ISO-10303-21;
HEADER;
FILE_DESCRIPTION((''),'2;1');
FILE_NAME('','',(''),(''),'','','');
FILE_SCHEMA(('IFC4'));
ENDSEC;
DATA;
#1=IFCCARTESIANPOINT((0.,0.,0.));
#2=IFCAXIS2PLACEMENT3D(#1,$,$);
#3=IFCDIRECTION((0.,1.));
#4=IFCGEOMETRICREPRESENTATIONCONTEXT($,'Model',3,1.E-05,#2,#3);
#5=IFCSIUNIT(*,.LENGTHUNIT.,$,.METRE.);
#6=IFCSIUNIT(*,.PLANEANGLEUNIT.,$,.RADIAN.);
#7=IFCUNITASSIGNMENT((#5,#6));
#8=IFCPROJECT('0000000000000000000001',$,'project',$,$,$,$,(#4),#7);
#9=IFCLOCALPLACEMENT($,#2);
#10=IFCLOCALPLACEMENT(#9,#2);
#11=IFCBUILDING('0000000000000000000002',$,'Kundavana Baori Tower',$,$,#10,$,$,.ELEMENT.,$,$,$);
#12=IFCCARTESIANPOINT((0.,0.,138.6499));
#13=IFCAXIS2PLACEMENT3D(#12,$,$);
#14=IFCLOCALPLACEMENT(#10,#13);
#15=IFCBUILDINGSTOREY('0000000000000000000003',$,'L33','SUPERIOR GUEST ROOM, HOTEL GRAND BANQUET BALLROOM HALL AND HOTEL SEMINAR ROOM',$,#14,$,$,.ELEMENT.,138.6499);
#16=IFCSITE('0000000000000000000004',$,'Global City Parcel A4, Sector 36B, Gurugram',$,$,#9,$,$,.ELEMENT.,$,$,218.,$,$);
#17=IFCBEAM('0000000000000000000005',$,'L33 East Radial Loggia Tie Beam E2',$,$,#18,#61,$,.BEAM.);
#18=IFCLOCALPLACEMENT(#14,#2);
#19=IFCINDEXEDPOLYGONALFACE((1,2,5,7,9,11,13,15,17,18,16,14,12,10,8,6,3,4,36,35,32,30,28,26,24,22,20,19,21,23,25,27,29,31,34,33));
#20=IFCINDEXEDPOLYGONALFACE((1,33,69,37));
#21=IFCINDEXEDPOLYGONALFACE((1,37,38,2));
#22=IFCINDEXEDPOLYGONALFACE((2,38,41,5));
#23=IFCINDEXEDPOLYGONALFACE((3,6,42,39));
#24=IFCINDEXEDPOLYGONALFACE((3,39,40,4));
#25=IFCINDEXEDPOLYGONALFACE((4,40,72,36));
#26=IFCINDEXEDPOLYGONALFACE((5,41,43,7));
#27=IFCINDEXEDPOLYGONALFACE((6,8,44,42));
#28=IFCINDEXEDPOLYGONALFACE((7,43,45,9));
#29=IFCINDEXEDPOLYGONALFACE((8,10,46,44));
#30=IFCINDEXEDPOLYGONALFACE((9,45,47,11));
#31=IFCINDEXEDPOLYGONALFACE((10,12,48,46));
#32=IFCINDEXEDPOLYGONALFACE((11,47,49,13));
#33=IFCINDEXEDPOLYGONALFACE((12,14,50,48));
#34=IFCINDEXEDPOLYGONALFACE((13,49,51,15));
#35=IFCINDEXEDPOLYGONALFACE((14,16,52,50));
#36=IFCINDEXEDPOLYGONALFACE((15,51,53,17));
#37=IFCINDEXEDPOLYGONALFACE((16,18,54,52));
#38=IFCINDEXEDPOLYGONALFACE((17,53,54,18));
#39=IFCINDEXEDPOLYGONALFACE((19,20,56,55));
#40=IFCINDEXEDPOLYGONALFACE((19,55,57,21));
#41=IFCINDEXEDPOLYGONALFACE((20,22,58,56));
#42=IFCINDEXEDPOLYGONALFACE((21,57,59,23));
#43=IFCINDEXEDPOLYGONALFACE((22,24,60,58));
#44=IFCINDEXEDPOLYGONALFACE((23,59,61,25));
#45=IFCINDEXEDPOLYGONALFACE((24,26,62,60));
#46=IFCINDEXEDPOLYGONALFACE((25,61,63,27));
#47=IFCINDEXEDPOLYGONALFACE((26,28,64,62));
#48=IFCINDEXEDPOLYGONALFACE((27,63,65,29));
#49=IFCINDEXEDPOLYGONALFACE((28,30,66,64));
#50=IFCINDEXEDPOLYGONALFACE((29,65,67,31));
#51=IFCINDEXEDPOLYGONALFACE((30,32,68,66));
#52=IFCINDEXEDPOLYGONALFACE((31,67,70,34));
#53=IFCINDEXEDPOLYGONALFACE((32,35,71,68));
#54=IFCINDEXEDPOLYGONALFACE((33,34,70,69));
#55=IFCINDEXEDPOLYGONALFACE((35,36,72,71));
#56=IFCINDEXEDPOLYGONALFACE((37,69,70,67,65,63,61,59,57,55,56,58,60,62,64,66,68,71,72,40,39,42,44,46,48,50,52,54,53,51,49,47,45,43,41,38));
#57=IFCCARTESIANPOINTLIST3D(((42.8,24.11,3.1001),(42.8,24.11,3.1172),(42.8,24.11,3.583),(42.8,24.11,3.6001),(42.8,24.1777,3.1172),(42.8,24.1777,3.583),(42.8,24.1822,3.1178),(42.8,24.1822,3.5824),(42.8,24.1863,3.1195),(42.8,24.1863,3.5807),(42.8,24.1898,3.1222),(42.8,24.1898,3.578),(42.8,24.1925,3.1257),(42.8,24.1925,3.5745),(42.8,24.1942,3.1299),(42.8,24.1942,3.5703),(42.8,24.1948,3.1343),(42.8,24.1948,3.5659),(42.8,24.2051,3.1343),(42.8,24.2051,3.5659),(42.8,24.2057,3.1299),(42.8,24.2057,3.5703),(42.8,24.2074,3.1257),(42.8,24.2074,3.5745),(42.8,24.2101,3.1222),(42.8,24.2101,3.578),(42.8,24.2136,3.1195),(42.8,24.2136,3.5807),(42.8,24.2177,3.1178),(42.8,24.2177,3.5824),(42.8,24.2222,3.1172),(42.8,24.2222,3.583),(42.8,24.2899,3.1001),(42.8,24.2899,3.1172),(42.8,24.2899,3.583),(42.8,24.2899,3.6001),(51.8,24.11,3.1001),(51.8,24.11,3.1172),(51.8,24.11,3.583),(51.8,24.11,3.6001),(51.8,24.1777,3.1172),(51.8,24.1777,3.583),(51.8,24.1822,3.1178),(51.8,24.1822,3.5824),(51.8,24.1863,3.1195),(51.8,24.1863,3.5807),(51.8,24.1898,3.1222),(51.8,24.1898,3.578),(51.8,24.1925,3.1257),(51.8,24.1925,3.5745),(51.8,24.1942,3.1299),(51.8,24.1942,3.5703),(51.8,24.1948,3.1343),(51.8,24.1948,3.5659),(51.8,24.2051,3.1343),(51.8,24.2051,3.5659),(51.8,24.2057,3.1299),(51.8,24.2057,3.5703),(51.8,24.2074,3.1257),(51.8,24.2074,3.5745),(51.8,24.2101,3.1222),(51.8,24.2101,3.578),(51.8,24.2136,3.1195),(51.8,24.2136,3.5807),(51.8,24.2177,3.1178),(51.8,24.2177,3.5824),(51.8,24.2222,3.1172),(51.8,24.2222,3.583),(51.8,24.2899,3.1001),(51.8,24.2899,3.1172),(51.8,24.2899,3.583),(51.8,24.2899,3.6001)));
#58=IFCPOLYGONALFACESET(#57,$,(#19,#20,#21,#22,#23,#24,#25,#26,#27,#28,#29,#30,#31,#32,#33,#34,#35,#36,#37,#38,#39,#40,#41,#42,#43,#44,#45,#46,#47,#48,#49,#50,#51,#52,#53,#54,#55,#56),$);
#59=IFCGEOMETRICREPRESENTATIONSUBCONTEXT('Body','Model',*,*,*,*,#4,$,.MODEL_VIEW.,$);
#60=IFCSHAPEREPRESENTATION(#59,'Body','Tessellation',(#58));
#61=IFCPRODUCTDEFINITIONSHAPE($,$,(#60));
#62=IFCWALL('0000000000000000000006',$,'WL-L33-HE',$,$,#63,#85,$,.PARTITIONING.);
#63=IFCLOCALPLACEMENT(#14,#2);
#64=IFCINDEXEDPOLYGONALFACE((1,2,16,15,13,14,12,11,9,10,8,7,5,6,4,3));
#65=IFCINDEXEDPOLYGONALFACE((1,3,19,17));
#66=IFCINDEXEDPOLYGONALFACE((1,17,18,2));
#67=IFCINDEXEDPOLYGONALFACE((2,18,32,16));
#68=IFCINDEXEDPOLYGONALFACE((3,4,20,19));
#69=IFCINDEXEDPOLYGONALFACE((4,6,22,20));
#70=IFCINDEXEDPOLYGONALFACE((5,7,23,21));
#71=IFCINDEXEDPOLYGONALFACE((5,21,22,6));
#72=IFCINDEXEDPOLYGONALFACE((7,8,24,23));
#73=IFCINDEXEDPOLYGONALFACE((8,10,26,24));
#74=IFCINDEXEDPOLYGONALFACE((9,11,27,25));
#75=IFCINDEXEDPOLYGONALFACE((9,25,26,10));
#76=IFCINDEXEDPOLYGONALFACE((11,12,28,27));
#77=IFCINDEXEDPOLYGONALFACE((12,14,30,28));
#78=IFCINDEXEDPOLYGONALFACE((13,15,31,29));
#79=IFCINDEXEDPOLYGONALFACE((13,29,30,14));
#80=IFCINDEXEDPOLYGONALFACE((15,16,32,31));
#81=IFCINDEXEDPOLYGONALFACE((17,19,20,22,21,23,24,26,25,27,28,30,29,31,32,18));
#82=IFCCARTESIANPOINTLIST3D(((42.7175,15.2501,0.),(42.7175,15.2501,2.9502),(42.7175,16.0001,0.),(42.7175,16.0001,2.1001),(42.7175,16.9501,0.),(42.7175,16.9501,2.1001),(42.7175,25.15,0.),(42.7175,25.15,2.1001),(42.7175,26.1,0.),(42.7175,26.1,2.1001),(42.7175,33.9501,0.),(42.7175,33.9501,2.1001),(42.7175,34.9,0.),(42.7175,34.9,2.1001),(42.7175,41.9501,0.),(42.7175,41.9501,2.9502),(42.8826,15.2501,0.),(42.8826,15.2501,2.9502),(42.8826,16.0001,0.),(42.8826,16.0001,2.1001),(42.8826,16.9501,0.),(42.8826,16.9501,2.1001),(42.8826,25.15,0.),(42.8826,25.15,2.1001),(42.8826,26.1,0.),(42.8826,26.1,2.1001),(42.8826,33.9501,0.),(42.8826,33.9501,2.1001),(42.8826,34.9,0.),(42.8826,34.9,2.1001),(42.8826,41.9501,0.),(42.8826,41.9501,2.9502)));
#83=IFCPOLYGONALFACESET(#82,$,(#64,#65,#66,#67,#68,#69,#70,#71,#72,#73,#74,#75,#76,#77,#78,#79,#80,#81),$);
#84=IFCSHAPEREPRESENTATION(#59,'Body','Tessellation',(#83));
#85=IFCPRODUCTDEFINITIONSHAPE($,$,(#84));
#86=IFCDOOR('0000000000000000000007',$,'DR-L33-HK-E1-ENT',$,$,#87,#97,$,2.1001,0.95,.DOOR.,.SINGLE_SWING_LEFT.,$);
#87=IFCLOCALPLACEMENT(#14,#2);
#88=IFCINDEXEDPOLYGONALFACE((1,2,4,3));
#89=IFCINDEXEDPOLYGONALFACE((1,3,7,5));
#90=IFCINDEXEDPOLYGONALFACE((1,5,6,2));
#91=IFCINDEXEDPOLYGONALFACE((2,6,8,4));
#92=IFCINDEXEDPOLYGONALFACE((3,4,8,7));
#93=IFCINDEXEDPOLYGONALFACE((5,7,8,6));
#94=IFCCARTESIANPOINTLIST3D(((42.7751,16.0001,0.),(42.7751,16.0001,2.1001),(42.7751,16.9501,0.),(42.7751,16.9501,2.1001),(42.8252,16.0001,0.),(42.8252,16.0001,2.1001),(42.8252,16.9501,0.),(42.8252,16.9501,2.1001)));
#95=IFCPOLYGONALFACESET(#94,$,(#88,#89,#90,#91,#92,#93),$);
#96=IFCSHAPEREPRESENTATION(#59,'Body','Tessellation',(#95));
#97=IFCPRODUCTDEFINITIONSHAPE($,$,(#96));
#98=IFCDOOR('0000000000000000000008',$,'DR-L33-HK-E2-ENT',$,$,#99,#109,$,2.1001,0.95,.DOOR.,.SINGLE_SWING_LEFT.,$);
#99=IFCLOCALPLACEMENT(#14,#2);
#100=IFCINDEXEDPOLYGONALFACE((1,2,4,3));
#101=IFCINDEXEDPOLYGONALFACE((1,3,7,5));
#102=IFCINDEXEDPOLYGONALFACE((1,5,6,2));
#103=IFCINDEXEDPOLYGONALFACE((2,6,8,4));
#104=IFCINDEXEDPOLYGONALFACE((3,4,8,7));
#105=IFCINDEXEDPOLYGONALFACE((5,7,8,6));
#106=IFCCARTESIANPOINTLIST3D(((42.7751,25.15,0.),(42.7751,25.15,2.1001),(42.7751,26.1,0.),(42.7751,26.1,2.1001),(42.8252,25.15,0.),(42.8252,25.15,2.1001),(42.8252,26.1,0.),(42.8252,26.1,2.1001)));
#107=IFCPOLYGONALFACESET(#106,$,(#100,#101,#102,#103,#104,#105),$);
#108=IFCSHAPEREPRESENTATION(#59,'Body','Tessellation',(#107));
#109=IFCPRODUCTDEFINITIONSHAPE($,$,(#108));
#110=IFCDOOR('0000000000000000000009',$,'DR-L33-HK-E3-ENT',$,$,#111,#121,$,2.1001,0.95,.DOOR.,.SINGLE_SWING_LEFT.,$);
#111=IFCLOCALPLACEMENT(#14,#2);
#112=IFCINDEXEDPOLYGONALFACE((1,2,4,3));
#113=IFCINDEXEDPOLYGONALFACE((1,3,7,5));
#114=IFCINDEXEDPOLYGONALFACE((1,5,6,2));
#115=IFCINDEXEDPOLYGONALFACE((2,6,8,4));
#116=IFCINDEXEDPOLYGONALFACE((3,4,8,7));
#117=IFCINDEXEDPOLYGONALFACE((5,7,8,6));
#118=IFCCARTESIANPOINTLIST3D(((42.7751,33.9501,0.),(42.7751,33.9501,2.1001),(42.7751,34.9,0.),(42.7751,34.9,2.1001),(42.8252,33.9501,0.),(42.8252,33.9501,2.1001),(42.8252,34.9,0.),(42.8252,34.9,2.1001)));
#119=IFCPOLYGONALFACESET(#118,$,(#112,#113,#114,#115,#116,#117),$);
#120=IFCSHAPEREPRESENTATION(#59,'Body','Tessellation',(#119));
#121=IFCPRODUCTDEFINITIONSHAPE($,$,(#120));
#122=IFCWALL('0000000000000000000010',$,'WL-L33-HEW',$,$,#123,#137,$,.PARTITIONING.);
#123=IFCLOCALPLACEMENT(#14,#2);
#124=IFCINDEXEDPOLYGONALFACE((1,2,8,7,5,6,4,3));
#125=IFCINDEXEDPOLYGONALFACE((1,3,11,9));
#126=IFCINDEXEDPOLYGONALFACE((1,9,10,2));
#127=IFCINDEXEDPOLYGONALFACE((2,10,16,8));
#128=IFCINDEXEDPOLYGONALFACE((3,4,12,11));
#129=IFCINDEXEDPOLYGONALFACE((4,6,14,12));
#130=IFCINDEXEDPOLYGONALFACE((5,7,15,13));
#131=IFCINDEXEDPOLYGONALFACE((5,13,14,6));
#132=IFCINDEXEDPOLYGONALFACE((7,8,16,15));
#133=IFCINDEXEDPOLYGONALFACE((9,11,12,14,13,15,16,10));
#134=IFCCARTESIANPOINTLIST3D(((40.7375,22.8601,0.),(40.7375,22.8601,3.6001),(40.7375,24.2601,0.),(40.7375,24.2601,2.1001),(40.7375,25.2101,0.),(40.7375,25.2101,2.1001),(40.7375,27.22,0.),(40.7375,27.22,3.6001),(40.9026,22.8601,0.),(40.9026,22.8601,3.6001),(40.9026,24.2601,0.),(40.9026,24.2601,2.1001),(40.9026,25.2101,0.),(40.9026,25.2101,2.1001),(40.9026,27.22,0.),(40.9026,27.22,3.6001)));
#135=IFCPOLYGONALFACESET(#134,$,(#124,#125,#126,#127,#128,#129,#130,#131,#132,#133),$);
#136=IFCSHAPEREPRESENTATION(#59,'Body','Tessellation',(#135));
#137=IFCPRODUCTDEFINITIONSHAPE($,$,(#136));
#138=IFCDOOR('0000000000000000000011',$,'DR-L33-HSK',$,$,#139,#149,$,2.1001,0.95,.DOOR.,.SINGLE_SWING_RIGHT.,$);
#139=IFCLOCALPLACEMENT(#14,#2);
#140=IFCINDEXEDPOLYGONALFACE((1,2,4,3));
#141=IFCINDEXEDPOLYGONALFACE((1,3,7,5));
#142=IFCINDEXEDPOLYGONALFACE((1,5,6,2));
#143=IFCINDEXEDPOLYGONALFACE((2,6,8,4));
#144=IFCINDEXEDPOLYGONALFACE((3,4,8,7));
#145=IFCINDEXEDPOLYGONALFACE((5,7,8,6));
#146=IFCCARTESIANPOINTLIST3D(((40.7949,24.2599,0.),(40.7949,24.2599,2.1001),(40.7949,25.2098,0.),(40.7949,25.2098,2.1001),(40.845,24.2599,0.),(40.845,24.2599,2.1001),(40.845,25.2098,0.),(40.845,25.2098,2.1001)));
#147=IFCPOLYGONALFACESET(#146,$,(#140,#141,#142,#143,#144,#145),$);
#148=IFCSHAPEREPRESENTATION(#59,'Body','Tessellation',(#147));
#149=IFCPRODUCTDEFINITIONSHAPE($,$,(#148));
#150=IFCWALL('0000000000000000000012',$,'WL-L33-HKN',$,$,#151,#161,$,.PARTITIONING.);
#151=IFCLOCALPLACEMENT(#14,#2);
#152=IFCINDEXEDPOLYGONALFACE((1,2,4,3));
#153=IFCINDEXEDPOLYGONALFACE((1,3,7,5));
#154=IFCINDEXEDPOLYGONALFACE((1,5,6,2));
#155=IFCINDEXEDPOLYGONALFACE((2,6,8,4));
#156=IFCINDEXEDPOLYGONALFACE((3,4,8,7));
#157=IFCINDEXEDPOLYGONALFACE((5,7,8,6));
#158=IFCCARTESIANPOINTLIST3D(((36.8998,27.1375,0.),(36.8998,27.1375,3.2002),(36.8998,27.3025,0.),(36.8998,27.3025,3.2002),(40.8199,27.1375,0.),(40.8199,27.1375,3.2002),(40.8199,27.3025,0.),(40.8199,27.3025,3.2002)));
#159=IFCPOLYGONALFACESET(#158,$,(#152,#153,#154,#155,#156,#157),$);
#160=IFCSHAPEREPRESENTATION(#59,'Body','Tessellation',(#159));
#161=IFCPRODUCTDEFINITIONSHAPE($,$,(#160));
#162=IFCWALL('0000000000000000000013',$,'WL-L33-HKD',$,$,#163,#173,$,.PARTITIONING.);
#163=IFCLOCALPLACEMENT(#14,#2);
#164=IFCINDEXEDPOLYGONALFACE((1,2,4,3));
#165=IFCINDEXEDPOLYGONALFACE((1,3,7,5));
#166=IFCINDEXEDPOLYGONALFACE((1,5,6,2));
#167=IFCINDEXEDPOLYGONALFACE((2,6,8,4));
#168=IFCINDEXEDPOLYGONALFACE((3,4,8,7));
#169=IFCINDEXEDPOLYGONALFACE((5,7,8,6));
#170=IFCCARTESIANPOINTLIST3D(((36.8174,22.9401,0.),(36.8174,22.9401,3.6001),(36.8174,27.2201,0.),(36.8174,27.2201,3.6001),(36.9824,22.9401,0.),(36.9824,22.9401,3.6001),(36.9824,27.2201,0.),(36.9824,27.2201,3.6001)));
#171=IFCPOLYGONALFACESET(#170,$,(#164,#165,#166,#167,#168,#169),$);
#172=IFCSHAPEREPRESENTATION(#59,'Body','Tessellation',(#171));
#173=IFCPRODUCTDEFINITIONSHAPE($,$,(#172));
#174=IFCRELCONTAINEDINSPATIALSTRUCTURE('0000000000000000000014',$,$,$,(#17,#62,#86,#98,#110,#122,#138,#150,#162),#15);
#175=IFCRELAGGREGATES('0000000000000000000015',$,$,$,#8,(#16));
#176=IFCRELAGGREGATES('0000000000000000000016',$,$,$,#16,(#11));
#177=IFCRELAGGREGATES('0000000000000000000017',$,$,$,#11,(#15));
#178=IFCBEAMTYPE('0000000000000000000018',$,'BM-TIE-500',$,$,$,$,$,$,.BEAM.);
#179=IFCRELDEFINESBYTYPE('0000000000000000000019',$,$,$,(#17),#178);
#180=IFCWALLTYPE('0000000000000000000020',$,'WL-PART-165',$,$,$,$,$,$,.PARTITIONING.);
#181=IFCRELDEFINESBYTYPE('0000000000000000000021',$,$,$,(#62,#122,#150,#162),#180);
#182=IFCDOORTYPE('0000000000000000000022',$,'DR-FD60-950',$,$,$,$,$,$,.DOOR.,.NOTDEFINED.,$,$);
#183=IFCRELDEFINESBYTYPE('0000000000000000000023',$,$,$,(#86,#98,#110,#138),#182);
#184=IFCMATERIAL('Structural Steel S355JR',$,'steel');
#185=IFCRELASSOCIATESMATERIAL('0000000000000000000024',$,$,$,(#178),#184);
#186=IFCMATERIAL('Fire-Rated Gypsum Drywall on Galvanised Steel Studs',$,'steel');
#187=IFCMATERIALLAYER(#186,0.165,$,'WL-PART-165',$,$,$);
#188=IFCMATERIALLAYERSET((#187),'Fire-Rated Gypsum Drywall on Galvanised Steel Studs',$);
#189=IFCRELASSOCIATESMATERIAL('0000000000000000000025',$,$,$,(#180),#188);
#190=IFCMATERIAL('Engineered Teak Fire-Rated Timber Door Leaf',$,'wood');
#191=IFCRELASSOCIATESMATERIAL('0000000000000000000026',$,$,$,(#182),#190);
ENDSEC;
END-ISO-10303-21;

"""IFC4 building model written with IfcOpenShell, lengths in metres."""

from ifc_helpers import new_model, si_unit, direction, frame, frame_2d, origin, origin_2d, place, context, subcontext, project, spatial, rectangle, i_section, extrude, material, layer, layer_set, material_profile, profile_set, type_object, element, fill, save


model = new_model("IFC4")

# Units and contexts
model_context = context("Model", 3, precision=1e-05, world=origin(), true_north=direction((0.0, 1.0)))
body_context = subcontext(model_context, "Body", "Model", "MODEL_VIEW")
ifc_project = project(units=[si_unit("LENGTHUNIT", "METRE"), si_unit("PLANEANGLEUNIT", "RADIAN")], contexts=[model_context])

# Site, building, storey
site_placement = place(None, origin())
site = spatial("IfcSite", under=ifc_project, at=site_placement, Name="Global City Parcel A4, Sector 36B, Gurugram", CompositionType="ELEMENT", RefElevation=218.0)
building_placement = place(site_placement, origin())
building = spatial("IfcBuilding", under=site, at=building_placement, Name="Kundavana Baori Tower", CompositionType="ELEMENT")
storey_placement = place(building_placement, frame((0.0, 0.0, 138.6499)))
storey = spatial("IfcBuildingStorey", under=building, at=storey_placement, Name="L33", Description="SUPERIOR GUEST ROOM, HOTEL GRAND BANQUET BALLROOM HALL AND HOTEL SEMINAR ROOM", CompositionType="ELEMENT", Elevation=138.6499)

# Beam
ifc_material_1 = material(Name="Structural Steel S355JR", Category="steel")
ifc_material_profile_1 = material_profile(ifc_material_1, i_section(OverallWidth=0.1799, OverallDepth=0.5, WebThickness=0.0103, FlangeThickness=0.0171, FilletRadius=0.0171, at=origin_2d()), Name="ISMB 500")
ifc_profile_set_1 = profile_set([ifc_material_profile_1], Name="Structural Steel S355JR")
beam_type_1 = type_object("IfcBeamType", Name="BM-TIE-500", PredefinedType="BEAM", material=ifc_profile_set_1)
beam_1_placement = place(storey_placement, frame((42.8, 24.2, 3.3501), z_axis=(1.0, 0.0, 0.0), x_axis=(0.0, 1.0, 0.0)))
element("IfcBeam", 1, at=beam_1_placement, inside=storey, type_object=beam_type_1, Name="L33 East Radial Loggia Tie Beam E2", PredefinedType="BEAM", context=body_context, shape_type="SweptSolid", body=[
    extrude(i_section(OverallWidth=0.1799, OverallDepth=0.5, WebThickness=0.0103, FlangeThickness=0.0171, FilletRadius=0.0171, at=origin_2d()), origin(), (0.0, 0.0, 1.0), 9.0),
])

# Wall, openings, doors
ifc_material_2 = material(Name="Fire-Rated Gypsum Drywall on Galvanised Steel Studs", Category="steel")
ifc_layer_1 = layer(ifc_material_2, 0.165, Name="WL-PART-165")
ifc_layer_set_1 = layer_set([ifc_layer_1], Name="Fire-Rated Gypsum Drywall on Galvanised Steel Studs")
wall_type_1 = type_object("IfcWallType", Name="WL-PART-165", PredefinedType="PARTITIONING", material=ifc_layer_set_1)
wall_1_placement = place(storey_placement, frame((42.8, 15.25, 0.0), z_axis=(0.0, 0.0, 1.0), x_axis=(0.0, 1.0, 0.0)))
wall_1 = element("IfcWall", 2, at=wall_1_placement, inside=storey, type_object=wall_type_1, Name="WL-L33-HE", PredefinedType="PARTITIONING", context=body_context, shape_type="SweptSolid", body=[
    extrude(rectangle(XDim=26.7, YDim=0.165, at=frame_2d((13.3501, 0.0))), origin(), (0.0, 0.0, 1.0), 2.9502),
])
opening_1_placement = place(wall_1_placement, frame((0.75, 0.0, 0.0)))
opening_1 = element("IfcOpeningElement", 3, at=opening_1_placement, cuts=wall_1, PredefinedType="OPENING", context=body_context, shape_type="SweptSolid", body=[
    extrude(rectangle(XDim=0.95, YDim=2.1001, at=frame_2d((0.4751, 1.05))), frame((0.0, 0.0925, 0.0), z_axis=(0.0, -1.0, 0.0), x_axis=(1.0, 0.0, 0.0)), (0.0, 0.0, 1.0), 0.1851),
])
opening_2_placement = place(wall_1_placement, frame((9.8999, 0.0, 0.0)))
opening_2 = element("IfcOpeningElement", 4, at=opening_2_placement, cuts=wall_1, PredefinedType="OPENING", context=body_context, shape_type="SweptSolid", body=[
    extrude(rectangle(XDim=0.95, YDim=2.1001, at=frame_2d((0.4751, 1.05))), frame((0.0, 0.0925, 0.0), z_axis=(0.0, -1.0, 0.0), x_axis=(1.0, 0.0, 0.0)), (0.0, 0.0, 1.0), 0.1851),
])
opening_3_placement = place(wall_1_placement, frame((18.7, 0.0, 0.0)))
opening_3 = element("IfcOpeningElement", 5, at=opening_3_placement, cuts=wall_1, PredefinedType="OPENING", context=body_context, shape_type="SweptSolid", body=[
    extrude(rectangle(XDim=0.95, YDim=2.1001, at=frame_2d((0.4751, 1.05))), frame((0.0, 0.0925, 0.0), z_axis=(0.0, -1.0, 0.0), x_axis=(1.0, 0.0, 0.0)), (0.0, 0.0, 1.0), 0.1851),
])
ifc_material_3 = material(Name="Engineered Teak Fire-Rated Timber Door Leaf", Category="wood")
door_type_1 = type_object("IfcDoorType", Name="DR-FD60-950", OperationType="NOTDEFINED", PredefinedType="DOOR", material=ifc_material_3)
door_1_placement = place(opening_1_placement, origin())
door_1 = element("IfcDoor", 6, at=door_1_placement, inside=storey, type_object=door_type_1, Name="DR-L33-HK-E1-ENT", OperationType="SINGLE_SWING_LEFT", OverallHeight=2.1001, OverallWidth=0.95, PredefinedType="DOOR", context=body_context, shape_type="SweptSolid", body=[
    extrude(rectangle(XDim=0.95, YDim=2.1001, at=frame_2d((0.4751, 1.05))), frame((0.0, 0.0249, 0.0), z_axis=(0.0, -1.0, 0.0), x_axis=(1.0, 0.0, 0.0)), (0.0, 0.0, 1.0), 0.05),
])
fill(opening_1, door_1)
door_2_placement = place(opening_2_placement, origin())
door_2 = element("IfcDoor", 7, at=door_2_placement, inside=storey, type_object=door_type_1, Name="DR-L33-HK-E2-ENT", OperationType="SINGLE_SWING_LEFT", OverallHeight=2.1001, OverallWidth=0.95, PredefinedType="DOOR", context=body_context, shape_type="SweptSolid", body=[
    extrude(rectangle(XDim=0.95, YDim=2.1001, at=frame_2d((0.4751, 1.05))), frame((0.0, 0.0249, 0.0), z_axis=(0.0, -1.0, 0.0), x_axis=(1.0, 0.0, 0.0)), (0.0, 0.0, 1.0), 0.05),
])
fill(opening_2, door_2)
door_3_placement = place(opening_3_placement, origin())
door_3 = element("IfcDoor", 8, at=door_3_placement, inside=storey, type_object=door_type_1, Name="DR-L33-HK-E3-ENT", OperationType="SINGLE_SWING_LEFT", OverallHeight=2.1001, OverallWidth=0.95, PredefinedType="DOOR", context=body_context, shape_type="SweptSolid", body=[
    extrude(rectangle(XDim=0.95, YDim=2.1001, at=frame_2d((0.4751, 1.05))), frame((0.0, 0.0249, 0.0), z_axis=(0.0, -1.0, 0.0), x_axis=(1.0, 0.0, 0.0)), (0.0, 0.0, 1.0), 0.05),
])
fill(opening_3, door_3)

# Wall, opening, door
wall_2_placement = place(storey_placement, frame((40.8201, 22.8601, 0.0), z_axis=(0.0, 0.0, 1.0), x_axis=(0.0, 1.0, 0.0)))
wall_2 = element("IfcWall", 9, at=wall_2_placement, inside=storey, type_object=wall_type_1, Name="WL-L33-HEW", PredefinedType="PARTITIONING", context=body_context, shape_type="SweptSolid", body=[
    extrude(rectangle(XDim=4.3599, YDim=0.165, at=frame_2d((2.1799, 0.0))), origin(), (0.0, 0.0, 1.0), 3.6001),
])
opening_4_placement = place(wall_2_placement, frame((1.3999, 0.0, 0.0)))
opening_4 = element("IfcOpeningElement", 10, at=opening_4_placement, cuts=wall_2, PredefinedType="OPENING", context=body_context, shape_type="SweptSolid", body=[
    extrude(rectangle(XDim=0.95, YDim=2.1001, at=frame_2d((0.4751, 1.05))), frame((0.0, 0.0925, 0.0), z_axis=(0.0, -1.0, 0.0), x_axis=(1.0, 0.0, 0.0)), (0.0, 0.0, 1.0), 0.1851),
])
door_4_placement = place(opening_4_placement, frame((0.95, 0.0, 0.0), z_axis=(0.0, 0.0, 1.0), x_axis=(-1.0, 0.0, 0.0)))
door_4 = element("IfcDoor", 11, at=door_4_placement, inside=storey, type_object=door_type_1, Name="DR-L33-HSK", OperationType="SINGLE_SWING_RIGHT", OverallHeight=2.1001, OverallWidth=0.95, PredefinedType="DOOR", context=body_context, shape_type="SweptSolid", body=[
    extrude(rectangle(XDim=0.95, YDim=2.1001, at=frame_2d((0.4751, 1.05))), frame((0.0, 0.0249, 0.0), z_axis=(0.0, -1.0, 0.0), x_axis=(1.0, 0.0, 0.0)), (0.0, 0.0, 1.0), 0.05),
])
fill(opening_4, door_4)

# Walls
wall_3_placement = place(storey_placement, frame((36.8999, 27.22, 0.0), z_axis=(0.0, 0.0, 1.0), x_axis=(1.0, 0.0, 0.0)))
element("IfcWall", 12, at=wall_3_placement, inside=storey, type_object=wall_type_1, Name="WL-L33-HKN", PredefinedType="PARTITIONING", context=body_context, shape_type="SweptSolid", body=[
    extrude(rectangle(XDim=3.9202, YDim=0.165, at=frame_2d((1.96, 0.0))), origin(), (0.0, 0.0, 1.0), 3.2002),
])
wall_4_placement = place(storey_placement, frame((36.8999, 22.9399, 0.0), z_axis=(0.0, 0.0, 1.0), x_axis=(0.0, 1.0, 0.0)))
element("IfcWall", 13, at=wall_4_placement, inside=storey, type_object=wall_type_1, Name="WL-L33-HKD", PredefinedType="PARTITIONING", context=body_context, shape_type="SweptSolid", body=[
    extrude(rectangle(XDim=4.28, YDim=0.165, at=frame_2d((2.1401, 0.0))), origin(), (0.0, 0.0, 1.0), 3.6001),
])

save(model, "model.ifc")
